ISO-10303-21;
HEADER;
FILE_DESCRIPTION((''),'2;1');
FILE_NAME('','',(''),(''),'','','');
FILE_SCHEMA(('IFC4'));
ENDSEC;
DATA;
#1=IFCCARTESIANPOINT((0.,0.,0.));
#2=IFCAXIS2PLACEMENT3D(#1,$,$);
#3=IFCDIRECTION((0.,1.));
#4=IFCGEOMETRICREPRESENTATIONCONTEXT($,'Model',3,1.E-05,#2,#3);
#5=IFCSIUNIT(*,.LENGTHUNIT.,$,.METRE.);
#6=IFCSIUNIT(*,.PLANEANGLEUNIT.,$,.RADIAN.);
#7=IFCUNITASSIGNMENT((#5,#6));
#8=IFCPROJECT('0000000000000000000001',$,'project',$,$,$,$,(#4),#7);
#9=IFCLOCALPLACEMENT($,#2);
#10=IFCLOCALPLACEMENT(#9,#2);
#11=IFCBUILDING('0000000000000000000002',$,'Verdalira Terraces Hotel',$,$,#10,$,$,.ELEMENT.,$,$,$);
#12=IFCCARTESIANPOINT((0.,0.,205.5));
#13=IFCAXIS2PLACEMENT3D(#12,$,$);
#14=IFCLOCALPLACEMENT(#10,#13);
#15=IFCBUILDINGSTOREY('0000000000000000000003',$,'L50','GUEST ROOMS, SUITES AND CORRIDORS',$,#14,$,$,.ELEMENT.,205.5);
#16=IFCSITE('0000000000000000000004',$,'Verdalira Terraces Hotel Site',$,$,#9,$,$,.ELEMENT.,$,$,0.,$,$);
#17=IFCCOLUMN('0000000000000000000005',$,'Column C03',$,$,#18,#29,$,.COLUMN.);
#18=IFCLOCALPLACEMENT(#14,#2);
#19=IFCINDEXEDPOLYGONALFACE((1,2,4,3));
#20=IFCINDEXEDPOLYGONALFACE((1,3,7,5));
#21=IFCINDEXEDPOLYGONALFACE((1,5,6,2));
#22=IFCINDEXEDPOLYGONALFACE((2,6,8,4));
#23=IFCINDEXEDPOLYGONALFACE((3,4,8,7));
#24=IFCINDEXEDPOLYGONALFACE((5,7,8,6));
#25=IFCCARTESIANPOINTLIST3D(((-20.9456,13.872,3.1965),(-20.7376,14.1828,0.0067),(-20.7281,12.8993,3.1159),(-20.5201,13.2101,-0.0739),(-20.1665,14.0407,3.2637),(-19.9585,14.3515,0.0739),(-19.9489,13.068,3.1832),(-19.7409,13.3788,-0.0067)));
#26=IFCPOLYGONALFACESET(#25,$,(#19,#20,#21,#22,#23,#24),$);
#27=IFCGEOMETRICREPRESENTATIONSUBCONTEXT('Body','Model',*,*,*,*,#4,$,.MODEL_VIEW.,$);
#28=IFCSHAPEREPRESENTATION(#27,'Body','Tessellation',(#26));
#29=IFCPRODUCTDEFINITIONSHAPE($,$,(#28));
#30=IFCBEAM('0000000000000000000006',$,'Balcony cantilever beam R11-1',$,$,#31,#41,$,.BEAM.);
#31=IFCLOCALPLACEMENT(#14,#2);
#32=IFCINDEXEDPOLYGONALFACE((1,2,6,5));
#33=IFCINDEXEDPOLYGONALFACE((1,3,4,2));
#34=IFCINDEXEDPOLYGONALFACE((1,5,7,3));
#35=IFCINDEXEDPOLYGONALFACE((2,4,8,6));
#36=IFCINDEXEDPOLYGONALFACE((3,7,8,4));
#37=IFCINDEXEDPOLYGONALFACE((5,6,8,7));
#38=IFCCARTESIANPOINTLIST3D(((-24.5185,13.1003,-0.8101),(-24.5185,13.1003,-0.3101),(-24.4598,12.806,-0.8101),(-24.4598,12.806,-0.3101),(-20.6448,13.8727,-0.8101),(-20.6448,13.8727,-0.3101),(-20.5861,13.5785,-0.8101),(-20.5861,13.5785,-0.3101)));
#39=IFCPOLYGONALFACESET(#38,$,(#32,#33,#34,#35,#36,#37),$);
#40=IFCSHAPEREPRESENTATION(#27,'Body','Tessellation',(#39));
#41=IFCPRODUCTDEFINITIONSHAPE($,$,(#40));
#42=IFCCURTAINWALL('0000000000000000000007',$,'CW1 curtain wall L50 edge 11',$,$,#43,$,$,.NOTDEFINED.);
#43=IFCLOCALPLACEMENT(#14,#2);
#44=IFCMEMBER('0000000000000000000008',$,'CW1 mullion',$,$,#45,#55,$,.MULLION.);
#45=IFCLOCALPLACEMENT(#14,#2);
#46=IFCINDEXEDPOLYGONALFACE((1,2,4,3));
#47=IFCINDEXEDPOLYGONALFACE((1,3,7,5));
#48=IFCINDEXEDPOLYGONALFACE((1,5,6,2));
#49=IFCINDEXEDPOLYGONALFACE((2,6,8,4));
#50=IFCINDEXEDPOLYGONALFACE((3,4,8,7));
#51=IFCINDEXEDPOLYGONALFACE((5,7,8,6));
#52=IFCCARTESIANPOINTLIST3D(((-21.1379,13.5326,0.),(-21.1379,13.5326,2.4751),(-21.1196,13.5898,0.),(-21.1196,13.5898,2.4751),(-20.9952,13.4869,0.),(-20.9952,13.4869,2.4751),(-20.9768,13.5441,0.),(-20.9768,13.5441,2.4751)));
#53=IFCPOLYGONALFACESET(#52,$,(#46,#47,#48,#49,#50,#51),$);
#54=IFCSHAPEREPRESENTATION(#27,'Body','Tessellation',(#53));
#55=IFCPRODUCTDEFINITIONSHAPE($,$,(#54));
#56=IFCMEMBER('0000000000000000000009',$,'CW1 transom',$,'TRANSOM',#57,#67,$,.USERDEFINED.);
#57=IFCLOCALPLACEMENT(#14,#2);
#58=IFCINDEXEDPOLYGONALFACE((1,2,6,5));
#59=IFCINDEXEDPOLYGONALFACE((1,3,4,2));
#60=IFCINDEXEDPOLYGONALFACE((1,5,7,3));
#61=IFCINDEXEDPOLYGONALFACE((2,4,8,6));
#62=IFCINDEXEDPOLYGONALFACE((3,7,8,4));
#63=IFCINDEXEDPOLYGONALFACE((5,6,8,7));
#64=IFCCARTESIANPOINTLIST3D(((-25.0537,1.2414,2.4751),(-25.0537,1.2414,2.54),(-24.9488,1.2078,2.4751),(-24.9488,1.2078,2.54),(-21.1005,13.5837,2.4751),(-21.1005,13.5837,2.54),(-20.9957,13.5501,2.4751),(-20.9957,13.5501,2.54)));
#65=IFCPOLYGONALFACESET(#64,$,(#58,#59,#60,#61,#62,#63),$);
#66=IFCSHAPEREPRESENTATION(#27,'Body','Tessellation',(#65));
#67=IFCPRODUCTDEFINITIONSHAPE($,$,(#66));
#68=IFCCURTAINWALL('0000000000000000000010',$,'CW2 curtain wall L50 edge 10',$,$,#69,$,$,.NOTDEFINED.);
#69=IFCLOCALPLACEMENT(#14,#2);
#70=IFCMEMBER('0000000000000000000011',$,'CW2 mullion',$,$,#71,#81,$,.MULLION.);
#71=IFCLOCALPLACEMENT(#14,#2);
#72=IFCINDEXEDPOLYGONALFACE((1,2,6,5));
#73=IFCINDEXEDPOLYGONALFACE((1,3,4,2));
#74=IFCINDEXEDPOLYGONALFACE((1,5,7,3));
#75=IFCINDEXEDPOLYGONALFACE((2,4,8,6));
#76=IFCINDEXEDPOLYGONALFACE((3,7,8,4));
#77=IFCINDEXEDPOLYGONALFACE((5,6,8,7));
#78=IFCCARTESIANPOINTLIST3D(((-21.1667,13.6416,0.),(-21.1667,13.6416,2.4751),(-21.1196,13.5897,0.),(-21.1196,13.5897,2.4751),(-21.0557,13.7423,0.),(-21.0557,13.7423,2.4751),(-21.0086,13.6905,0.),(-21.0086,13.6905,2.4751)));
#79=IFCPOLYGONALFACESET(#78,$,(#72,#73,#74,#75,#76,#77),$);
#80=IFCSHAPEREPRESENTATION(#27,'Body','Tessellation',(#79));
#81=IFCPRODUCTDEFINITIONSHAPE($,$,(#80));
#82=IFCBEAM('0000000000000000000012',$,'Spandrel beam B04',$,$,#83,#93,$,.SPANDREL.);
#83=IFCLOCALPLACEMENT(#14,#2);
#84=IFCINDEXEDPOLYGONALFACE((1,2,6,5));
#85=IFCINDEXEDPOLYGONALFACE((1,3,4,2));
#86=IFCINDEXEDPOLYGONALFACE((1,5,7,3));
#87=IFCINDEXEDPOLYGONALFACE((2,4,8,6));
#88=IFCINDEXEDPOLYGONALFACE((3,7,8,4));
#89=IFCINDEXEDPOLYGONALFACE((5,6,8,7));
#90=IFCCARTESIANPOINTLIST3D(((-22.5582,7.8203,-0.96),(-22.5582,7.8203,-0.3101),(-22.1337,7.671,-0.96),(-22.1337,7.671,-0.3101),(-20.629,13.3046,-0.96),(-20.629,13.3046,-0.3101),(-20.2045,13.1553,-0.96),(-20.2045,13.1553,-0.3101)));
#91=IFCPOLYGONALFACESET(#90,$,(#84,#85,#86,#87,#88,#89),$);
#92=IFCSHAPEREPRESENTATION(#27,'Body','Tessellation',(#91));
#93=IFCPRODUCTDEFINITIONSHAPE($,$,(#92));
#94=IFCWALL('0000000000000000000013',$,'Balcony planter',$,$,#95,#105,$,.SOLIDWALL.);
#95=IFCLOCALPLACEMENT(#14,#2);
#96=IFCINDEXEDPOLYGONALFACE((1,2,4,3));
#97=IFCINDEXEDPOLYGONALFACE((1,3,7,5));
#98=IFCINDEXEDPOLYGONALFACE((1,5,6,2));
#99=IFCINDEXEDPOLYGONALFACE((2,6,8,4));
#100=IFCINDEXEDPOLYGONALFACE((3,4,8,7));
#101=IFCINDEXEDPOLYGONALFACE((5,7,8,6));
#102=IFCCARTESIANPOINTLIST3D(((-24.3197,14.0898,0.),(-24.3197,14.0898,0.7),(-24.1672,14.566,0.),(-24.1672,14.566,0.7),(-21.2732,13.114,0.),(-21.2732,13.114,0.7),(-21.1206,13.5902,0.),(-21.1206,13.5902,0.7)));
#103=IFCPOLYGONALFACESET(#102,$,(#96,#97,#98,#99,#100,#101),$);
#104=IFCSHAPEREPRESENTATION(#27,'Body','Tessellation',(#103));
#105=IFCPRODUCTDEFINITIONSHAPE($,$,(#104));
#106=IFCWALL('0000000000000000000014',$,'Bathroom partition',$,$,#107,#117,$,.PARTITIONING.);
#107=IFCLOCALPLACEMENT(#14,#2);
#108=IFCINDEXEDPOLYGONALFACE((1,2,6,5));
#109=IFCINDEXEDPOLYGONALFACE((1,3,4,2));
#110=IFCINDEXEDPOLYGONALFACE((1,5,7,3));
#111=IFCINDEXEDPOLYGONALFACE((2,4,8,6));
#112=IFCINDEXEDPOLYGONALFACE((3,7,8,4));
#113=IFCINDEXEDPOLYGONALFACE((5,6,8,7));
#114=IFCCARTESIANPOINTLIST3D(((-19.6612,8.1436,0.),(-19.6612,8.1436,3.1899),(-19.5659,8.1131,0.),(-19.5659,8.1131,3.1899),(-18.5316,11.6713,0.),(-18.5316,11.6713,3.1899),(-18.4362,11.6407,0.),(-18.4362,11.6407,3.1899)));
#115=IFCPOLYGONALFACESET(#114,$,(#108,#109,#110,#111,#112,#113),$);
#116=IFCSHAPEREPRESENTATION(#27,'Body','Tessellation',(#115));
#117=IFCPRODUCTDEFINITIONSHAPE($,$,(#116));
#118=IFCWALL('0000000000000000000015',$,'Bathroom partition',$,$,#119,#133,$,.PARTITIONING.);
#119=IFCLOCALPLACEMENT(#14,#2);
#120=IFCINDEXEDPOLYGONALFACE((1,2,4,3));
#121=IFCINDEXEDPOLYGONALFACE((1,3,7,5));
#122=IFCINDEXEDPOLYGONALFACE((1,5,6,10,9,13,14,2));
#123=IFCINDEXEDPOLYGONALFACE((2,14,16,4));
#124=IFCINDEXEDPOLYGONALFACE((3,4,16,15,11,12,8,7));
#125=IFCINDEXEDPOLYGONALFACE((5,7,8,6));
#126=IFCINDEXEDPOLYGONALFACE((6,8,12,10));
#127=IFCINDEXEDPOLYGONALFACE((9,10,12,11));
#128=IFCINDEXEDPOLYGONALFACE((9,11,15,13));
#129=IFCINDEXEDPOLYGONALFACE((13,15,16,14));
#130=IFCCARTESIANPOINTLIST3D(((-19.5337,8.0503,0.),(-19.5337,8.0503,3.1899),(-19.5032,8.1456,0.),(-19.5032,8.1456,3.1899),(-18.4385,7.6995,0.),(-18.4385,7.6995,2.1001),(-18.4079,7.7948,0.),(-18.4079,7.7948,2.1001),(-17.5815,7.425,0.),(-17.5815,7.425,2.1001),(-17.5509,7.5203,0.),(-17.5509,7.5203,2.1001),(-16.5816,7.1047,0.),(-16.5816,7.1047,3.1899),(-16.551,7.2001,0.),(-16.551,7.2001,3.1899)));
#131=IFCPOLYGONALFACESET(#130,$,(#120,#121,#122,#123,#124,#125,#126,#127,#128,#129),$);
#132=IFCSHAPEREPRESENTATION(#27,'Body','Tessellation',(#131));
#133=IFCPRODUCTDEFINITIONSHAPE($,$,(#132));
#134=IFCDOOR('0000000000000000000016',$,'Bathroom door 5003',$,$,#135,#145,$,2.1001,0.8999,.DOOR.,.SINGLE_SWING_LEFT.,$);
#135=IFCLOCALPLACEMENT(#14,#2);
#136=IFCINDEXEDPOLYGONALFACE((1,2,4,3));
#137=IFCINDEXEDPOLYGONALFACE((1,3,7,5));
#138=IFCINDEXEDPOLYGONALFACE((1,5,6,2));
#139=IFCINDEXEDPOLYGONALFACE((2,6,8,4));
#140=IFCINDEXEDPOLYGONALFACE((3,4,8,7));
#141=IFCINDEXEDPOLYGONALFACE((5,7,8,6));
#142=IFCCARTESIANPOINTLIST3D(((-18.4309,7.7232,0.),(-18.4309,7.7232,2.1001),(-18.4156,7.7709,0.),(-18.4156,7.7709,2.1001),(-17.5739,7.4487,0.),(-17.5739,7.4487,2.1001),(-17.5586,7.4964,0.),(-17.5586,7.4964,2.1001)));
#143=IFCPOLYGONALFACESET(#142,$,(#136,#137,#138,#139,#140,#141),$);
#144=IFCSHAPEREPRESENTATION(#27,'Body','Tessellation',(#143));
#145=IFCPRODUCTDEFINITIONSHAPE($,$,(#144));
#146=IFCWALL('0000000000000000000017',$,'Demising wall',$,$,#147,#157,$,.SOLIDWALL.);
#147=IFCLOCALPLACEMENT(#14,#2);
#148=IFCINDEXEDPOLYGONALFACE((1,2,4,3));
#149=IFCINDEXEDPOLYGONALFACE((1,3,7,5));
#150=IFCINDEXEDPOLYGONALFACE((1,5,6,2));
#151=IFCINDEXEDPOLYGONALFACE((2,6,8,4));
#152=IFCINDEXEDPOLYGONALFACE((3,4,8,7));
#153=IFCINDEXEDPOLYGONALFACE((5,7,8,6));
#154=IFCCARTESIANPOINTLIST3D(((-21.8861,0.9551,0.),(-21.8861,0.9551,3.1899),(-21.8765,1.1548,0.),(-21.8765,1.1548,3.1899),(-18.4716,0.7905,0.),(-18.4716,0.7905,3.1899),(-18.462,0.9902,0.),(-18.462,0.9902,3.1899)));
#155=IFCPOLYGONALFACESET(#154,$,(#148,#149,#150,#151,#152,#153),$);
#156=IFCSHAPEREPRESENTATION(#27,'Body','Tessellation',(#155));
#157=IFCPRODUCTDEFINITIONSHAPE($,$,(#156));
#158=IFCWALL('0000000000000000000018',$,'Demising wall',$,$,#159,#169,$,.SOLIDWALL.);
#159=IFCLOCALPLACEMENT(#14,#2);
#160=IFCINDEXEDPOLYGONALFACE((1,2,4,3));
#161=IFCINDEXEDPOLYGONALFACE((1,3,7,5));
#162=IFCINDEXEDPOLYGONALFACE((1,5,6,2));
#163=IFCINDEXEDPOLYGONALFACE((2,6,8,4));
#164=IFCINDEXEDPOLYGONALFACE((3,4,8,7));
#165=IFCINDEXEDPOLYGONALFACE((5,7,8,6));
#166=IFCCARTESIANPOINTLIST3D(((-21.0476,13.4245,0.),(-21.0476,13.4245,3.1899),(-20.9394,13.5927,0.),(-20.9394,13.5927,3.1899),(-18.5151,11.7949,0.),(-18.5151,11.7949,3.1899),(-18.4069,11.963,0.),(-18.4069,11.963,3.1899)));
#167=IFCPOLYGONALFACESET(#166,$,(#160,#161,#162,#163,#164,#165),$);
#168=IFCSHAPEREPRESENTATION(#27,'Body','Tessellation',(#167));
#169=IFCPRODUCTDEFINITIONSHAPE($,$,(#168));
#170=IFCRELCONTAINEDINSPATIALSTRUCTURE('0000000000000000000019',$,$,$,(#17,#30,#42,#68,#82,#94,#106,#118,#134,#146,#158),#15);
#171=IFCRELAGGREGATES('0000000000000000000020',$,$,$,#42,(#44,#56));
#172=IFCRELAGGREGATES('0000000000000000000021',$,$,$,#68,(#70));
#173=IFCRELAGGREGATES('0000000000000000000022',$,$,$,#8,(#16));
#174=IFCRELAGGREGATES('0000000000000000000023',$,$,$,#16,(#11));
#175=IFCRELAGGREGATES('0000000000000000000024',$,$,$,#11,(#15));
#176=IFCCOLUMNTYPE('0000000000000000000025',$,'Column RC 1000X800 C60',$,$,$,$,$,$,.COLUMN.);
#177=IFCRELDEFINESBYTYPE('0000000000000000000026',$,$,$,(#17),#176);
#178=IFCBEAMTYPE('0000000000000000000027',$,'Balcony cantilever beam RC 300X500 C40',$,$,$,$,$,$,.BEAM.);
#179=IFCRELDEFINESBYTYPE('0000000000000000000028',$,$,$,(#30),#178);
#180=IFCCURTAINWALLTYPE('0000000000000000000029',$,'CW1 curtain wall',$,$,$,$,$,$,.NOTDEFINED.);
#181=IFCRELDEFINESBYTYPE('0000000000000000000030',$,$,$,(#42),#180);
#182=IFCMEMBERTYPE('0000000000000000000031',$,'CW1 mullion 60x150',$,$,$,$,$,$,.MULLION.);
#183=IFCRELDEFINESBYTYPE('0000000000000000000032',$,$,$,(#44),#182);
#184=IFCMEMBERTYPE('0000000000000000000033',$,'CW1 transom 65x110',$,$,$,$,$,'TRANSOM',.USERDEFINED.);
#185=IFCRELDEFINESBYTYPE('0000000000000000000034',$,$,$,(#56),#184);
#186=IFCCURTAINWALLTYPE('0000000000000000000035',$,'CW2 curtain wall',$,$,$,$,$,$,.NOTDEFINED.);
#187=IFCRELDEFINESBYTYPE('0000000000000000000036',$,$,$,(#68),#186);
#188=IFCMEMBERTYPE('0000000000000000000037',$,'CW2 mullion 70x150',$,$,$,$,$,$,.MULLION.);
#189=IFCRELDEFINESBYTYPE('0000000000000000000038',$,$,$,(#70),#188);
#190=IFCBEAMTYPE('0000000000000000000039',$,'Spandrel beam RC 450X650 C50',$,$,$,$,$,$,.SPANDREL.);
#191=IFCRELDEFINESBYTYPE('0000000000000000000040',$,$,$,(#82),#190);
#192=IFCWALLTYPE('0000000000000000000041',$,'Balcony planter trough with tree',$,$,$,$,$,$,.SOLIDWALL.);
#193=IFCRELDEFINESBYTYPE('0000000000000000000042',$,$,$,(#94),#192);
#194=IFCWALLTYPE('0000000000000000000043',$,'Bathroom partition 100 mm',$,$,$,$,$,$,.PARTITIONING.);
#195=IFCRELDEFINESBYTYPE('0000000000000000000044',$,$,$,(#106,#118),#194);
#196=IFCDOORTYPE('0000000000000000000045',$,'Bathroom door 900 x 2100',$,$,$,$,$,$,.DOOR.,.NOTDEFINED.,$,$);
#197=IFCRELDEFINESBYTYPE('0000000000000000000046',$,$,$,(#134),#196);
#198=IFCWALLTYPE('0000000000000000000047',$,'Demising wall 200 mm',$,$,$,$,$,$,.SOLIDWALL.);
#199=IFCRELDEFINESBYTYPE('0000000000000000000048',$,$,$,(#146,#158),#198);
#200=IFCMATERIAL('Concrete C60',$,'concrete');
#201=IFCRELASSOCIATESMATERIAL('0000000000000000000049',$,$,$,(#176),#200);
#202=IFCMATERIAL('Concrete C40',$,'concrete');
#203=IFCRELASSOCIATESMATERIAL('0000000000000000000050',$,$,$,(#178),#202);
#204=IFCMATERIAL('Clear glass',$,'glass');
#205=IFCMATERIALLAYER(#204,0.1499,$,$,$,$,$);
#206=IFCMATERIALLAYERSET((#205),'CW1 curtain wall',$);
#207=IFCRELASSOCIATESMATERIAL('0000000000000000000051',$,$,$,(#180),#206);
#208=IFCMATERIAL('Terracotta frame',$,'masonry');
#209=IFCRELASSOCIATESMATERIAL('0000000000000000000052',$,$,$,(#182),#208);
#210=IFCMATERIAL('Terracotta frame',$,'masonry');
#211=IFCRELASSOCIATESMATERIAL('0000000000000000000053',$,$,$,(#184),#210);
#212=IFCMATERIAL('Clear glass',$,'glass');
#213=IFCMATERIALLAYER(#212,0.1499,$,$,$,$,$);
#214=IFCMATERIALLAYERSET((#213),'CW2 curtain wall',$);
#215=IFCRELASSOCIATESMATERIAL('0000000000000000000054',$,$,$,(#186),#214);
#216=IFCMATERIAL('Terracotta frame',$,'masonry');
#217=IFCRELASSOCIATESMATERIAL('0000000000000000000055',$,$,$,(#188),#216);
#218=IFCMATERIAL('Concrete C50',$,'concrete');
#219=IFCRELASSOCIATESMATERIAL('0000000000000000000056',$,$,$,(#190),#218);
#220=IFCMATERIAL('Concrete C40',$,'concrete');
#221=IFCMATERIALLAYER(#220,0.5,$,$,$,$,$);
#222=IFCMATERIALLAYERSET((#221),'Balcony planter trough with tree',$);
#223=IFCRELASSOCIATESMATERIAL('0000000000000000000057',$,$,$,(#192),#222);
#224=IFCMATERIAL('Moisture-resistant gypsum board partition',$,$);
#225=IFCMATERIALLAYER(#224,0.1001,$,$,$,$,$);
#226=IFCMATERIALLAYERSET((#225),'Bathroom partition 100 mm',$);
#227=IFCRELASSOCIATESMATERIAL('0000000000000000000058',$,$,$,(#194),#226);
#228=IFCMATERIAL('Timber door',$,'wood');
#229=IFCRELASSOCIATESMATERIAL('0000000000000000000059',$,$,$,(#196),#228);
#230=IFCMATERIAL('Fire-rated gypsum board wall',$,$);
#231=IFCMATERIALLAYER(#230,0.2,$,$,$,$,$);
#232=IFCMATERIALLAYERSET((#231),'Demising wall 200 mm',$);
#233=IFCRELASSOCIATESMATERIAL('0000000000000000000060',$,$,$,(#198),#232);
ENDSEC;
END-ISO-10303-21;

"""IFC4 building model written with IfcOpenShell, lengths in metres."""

from ifc_helpers import new_model, si_unit, direction, frame, frame_2d, origin, origin_2d, place, context, subcontext, project, spatial, rectangle, extrude, material, layer, layer_set, material_profile, profile_set, type_object, element, fill, aggregate, save


model = new_model("IFC4")

# Units and contexts
model_context = context("Model", 3, precision=1e-05, world=origin(), true_north=direction((0.0, 1.0)))
body_context = subcontext(model_context, "Body", "Model", "MODEL_VIEW")
ifc_project = project(units=[si_unit("LENGTHUNIT", "METRE"), si_unit("PLANEANGLEUNIT", "RADIAN")], contexts=[model_context])

# Site, building, storey
site_placement = place(None, origin())
site = spatial("IfcSite", under=ifc_project, at=site_placement, Name="Verdalira Terraces Hotel Site", CompositionType="ELEMENT", RefElevation=0.0)
building_placement = place(site_placement, origin())
building = spatial("IfcBuilding", under=site, at=building_placement, Name="Verdalira Terraces Hotel", CompositionType="ELEMENT")
storey_placement = place(building_placement, frame((0.0, 0.0, 205.5)))
storey = spatial("IfcBuildingStorey", under=building, at=storey_placement, Name="L50", Description="GUEST ROOMS, SUITES AND CORRIDORS", CompositionType="ELEMENT", Elevation=205.5)

# Column
ifc_material_1 = material(Name="Concrete C60", Category="concrete")
ifc_material_profile_1 = material_profile(ifc_material_1, rectangle(XDim=1.0, YDim=0.8, at=origin_2d()), Name="RC 1000X800")
ifc_profile_set_1 = profile_set([ifc_material_profile_1], Name="Concrete C60")
column_type = type_object("IfcColumnType", Name="Column RC 1000X800 C60", PredefinedType="COLUMN", material=ifc_profile_set_1)
column_placement = place(storey_placement, frame((-20.2393, 13.7808, 0.0), z_axis=(-0.064764, -0.096766, 0.993198), x_axis=(-0.217556, 0.972716, 0.080584)))
element("IfcColumn", 1, at=column_placement, inside=storey, type_object=column_type, Name="Column C03", PredefinedType="COLUMN", context=body_context, shape_type="SweptSolid", body=[
    extrude(rectangle(XDim=1.0, YDim=0.8, at=origin_2d()), origin(), (0.0, 0.0, 1.0), 3.2117),
])

# Beam
ifc_material_2 = material(Name="Concrete C40", Category="concrete")
ifc_material_profile_2 = material_profile(ifc_material_2, rectangle(XDim=0.3, YDim=0.5, at=origin_2d()), Name="RC 300X500")
ifc_profile_set_2 = profile_set([ifc_material_profile_2], Name="Concrete C40")
beam_type_1 = type_object("IfcBeamType", Name="Balcony cantilever beam RC 300X500 C40", PredefinedType="BEAM", material=ifc_profile_set_2)
beam_1_placement = place(storey_placement, frame((-20.6155, 13.7256, -0.5601), z_axis=(-0.980692, -0.195557, 0.0), x_axis=(0.195557, -0.980692, 0.0)))
element("IfcBeam", 2, at=beam_1_placement, inside=storey, type_object=beam_type_1, Name="Balcony cantilever beam R11-1", PredefinedType="BEAM", context=body_context, shape_type="SweptSolid", body=[
    extrude(rectangle(XDim=0.3, YDim=0.5, at=origin_2d()), origin(), (0.0, 0.0, 1.0), 3.95),
])

# Curtain wall, members
ifc_material_3 = material(Name="Clear glass", Category="glass")
ifc_layer_1 = layer(ifc_material_3, 0.1499)
ifc_layer_set_1 = layer_set([ifc_layer_1], Name="CW1 curtain wall")
curtain_wall_type_1 = type_object("IfcCurtainWallType", Name="CW1 curtain wall", PredefinedType="NOTDEFINED", material=ifc_layer_set_1)
curtain_wall_1_placement = place(storey_placement, origin())
curtain_wall_1 = element("IfcCurtainWall", 3, at=curtain_wall_1_placement, inside=storey, type_object=curtain_wall_type_1, Name="CW1 curtain wall L50 edge 11", PredefinedType="NOTDEFINED")
ifc_material_4 = material(Name="Terracotta frame", Category="masonry")
ifc_material_profile_3 = material_profile(ifc_material_4, rectangle(XDim=0.0601, YDim=0.1499, at=origin_2d()), Name="MU 60x150")
ifc_profile_set_3 = profile_set([ifc_material_profile_3], Name="Terracotta frame")
member_type_1 = type_object("IfcMemberType", Name="CW1 mullion 60x150", PredefinedType="MULLION", material=ifc_profile_set_3)
member_1_placement = place(storey_placement, frame((-21.0574, 13.5383, 0.0), z_axis=(0.0, 0.0, 1.0), x_axis=(-0.305031, -0.952343, 0.0)))
member_1 = element("IfcMember", 4, at=member_1_placement, type_object=member_type_1, Name="CW1 mullion", PredefinedType="MULLION", context=body_context, shape_type="SweptSolid", body=[
    extrude(rectangle(XDim=0.0601, YDim=0.1499, at=origin_2d()), origin(), (0.0, 0.0, 1.0), 2.4751),
])
ifc_material_5 = material(Name="Terracotta frame", Category="masonry")
ifc_material_profile_4 = material_profile(ifc_material_5, rectangle(XDim=0.1101, YDim=0.0649, at=origin_2d()), Name="TR 65x110")
ifc_profile_set_4 = profile_set([ifc_material_profile_4], Name="Terracotta frame")
member_type_2 = type_object("IfcMemberType", Name="CW1 transom 65x110", ElementType="TRANSOM", PredefinedType="USERDEFINED", material=ifc_profile_set_4)
member_2_placement = place(storey_placement, frame((-21.0481, 13.5669, 2.5076), z_axis=(-0.305027, -0.952344, 0.0), x_axis=(0.952344, -0.305027, 0.0)))
member_2 = element("IfcMember", 5, at=member_2_placement, type_object=member_type_2, Name="CW1 transom", ObjectType="TRANSOM", PredefinedType="USERDEFINED", context=body_context, shape_type="SweptSolid", body=[
    extrude(rectangle(XDim=0.1101, YDim=0.0649, at=origin_2d()), origin(), (0.0, 0.0, 1.0), 12.96),
])
aggregate(curtain_wall_1, [member_1, member_2])

# Curtain wall, member
ifc_material_6 = material(Name="Clear glass", Category="glass")
ifc_layer_2 = layer(ifc_material_6, 0.1499)
ifc_layer_set_2 = layer_set([ifc_layer_2], Name="CW2 curtain wall")
curtain_wall_type_2 = type_object("IfcCurtainWallType", Name="CW2 curtain wall", PredefinedType="NOTDEFINED", material=ifc_layer_set_2)
curtain_wall_2_placement = place(storey_placement, origin())
curtain_wall_2 = element("IfcCurtainWall", 6, at=curtain_wall_2_placement, inside=storey, type_object=curtain_wall_type_2, Name="CW2 curtain wall L50 edge 10", PredefinedType="NOTDEFINED")
ifc_material_7 = material(Name="Terracotta frame", Category="masonry")
ifc_material_profile_5 = material_profile(ifc_material_7, rectangle(XDim=0.0701, YDim=0.1499, at=origin_2d()), Name="MU 70x150")
ifc_profile_set_5 = profile_set([ifc_material_profile_5], Name="Terracotta frame")
member_type_3 = type_object("IfcMemberType", Name="CW2 mullion 70x150", PredefinedType="MULLION", material=ifc_profile_set_5)
member_3_placement = place(storey_placement, frame((-21.0876, 13.666, 0.0), z_axis=(0.0, 0.0, 1.0), x_axis=(0.672238, -0.740335, 0.0)))
member_3 = element("IfcMember", 7, at=member_3_placement, type_object=member_type_3, Name="CW2 mullion", PredefinedType="MULLION", context=body_context, shape_type="SweptSolid", body=[
    extrude(rectangle(XDim=0.0701, YDim=0.1499, at=origin_2d()), origin(), (0.0, 0.0, 1.0), 2.4751),
])
aggregate(curtain_wall_2, [member_3])

# Beam
ifc_material_8 = material(Name="Concrete C50", Category="concrete")
ifc_material_profile_6 = material_profile(ifc_material_8, rectangle(XDim=0.45, YDim=0.6499, at=origin_2d()), Name="RC 450X650")
ifc_profile_set_6 = profile_set([ifc_material_profile_6], Name="Concrete C50")
beam_type_2 = type_object("IfcBeamType", Name="Spandrel beam RC 450X650 C50", PredefinedType="SPANDREL", material=ifc_profile_set_6)
beam_2_placement = place(storey_placement, frame((-20.4167, 13.23, -0.635), z_axis=(-0.331831, -0.943339, 0.0), x_axis=(0.943339, -0.331831, 0.0)))
element("IfcBeam", 8, at=beam_2_placement, inside=storey, type_object=beam_type_2, Name="Spandrel beam B04", PredefinedType="SPANDREL", context=body_context, shape_type="SweptSolid", body=[
    extrude(rectangle(XDim=0.45, YDim=0.6499, at=origin_2d()), origin(), (0.0, 0.0, 1.0), 5.8137),
])

# Walls
ifc_material_9 = material(Name="Concrete C40", Category="concrete")
ifc_layer_3 = layer(ifc_material_9, 0.5)
ifc_layer_set_3 = layer_set([ifc_layer_3], Name="Balcony planter trough with tree")
wall_type_1 = type_object("IfcWallType", Name="Balcony planter trough with tree", PredefinedType="SOLIDWALL", material=ifc_layer_set_3)
wall_1_placement = place(storey_placement, frame((-21.1968, 13.3521, 0.0), z_axis=(0.0, 0.0, 1.0), x_axis=(-0.952342, 0.305033, 0.0)))
element("IfcWall", 9, at=wall_1_placement, inside=storey, type_object=wall_type_1, Name="Balcony planter", PredefinedType="SOLIDWALL", context=body_context, shape_type="SweptSolid", body=[
    extrude(rectangle(XDim=3.199, YDim=0.5, at=frame_2d((1.5996, 0.0))), origin(), (0.0, 0.0, 1.0), 0.7),
])
ifc_material_10 = material(Name="Moisture-resistant gypsum board partition")
ifc_layer_4 = layer(ifc_material_10, 0.1001)
ifc_layer_set_4 = layer_set([ifc_layer_4], Name="Bathroom partition 100 mm")
wall_type_2 = type_object("IfcWallType", Name="Bathroom partition 100 mm", PredefinedType="PARTITIONING", material=ifc_layer_set_4)
wall_2_placement = place(storey_placement, frame((-18.4839, 11.656, 0.0), z_axis=(0.0, 0.0, 1.0), x_axis=(-0.304974, -0.952361, 0.0)))
element("IfcWall", 10, at=wall_2_placement, inside=storey, type_object=wall_type_2, Name="Bathroom partition", PredefinedType="PARTITIONING", context=body_context, shape_type="SweptSolid", body=[
    extrude(rectangle(XDim=3.7041, YDim=0.1001, at=frame_2d((1.8521, 0.0))), origin(), (0.0, 0.0, 1.0), 3.1899),
])

# Wall, opening, door
wall_3_placement = place(storey_placement, frame((-19.5183, 8.0979, 0.0), z_axis=(0.0, 0.0, 1.0), x_axis=(0.952343, -0.30503, 0.0)))
wall_3 = element("IfcWall", 11, at=wall_3_placement, inside=storey, type_object=wall_type_2, Name="Bathroom partition", PredefinedType="PARTITIONING", context=body_context, shape_type="SweptSolid", body=[
    extrude(rectangle(XDim=3.0999, YDim=0.1001, at=frame_2d((1.5498, 0.0))), origin(), (0.0, 0.0, 1.0), 3.1899),
])
opening_placement = place(wall_3_placement, frame((1.1499, 0.0, 0.0)))
opening = element("IfcOpeningElement", 12, at=opening_placement, cuts=wall_3, PredefinedType="OPENING", context=body_context, shape_type="SweptSolid", body=[
    extrude(rectangle(XDim=0.8999, YDim=2.1001, at=frame_2d((0.45, 1.05))), frame((0.0, 0.0601, 0.0), z_axis=(0.0, -1.0, 0.0), x_axis=(1.0, 0.0, 0.0)), (0.0, 0.0, 1.0), 0.1201),
])
ifc_material_11 = material(Name="Timber door", Category="wood")
door_type = type_object("IfcDoorType", Name="Bathroom door 900 x 2100", OperationType="NOTDEFINED", PredefinedType="DOOR", material=ifc_material_11)
door_placement = place(opening_placement, origin())
door = element("IfcDoor", 13, at=door_placement, inside=storey, type_object=door_type, Name="Bathroom door 5003", OperationType="SINGLE_SWING_LEFT", OverallHeight=2.1001, OverallWidth=0.8999, PredefinedType="DOOR", context=body_context, shape_type="SweptSolid", body=[
    extrude(rectangle(XDim=0.8999, YDim=2.1001, at=frame_2d((0.45, 1.05))), frame((0.0, 0.0249, 0.0), z_axis=(0.0, -1.0, 0.0), x_axis=(1.0, 0.0, 0.0)), (0.0, 0.0, 1.0), 0.05),
])
fill(opening, door)

# Walls
ifc_material_12 = material(Name="Fire-rated gypsum board wall")
ifc_layer_5 = layer(ifc_material_12, 0.2)
ifc_layer_set_5 = layer_set([ifc_layer_5], Name="Demising wall 200 mm")
wall_type_3 = type_object("IfcWallType", Name="Demising wall 200 mm", PredefinedType="SOLIDWALL", material=ifc_layer_set_5)
wall_4_placement = place(storey_placement, frame((-18.4668, 0.8904, 0.0), z_axis=(0.0, 0.0, 1.0), x_axis=(-0.998841, 0.048135, 0.0)))
element("IfcWall", 14, at=wall_4_placement, inside=storey, type_object=wall_type_3, Name="Demising wall", PredefinedType="SOLIDWALL", context=body_context, shape_type="SweptSolid", body=[
    extrude(rectangle(XDim=3.4185, YDim=0.2, at=frame_2d((1.7092, 0.0))), origin(), (0.0, 0.0, 1.0), 3.1899),
])
wall_5_placement = place(storey_placement, frame((-18.4609, 11.8789, 0.0), z_axis=(0.0, 0.0, 1.0), x_axis=(-0.840933, 0.541139, 0.0)))
element("IfcWall", 15, at=wall_5_placement, inside=storey, type_object=wall_type_3, Name="Demising wall", PredefinedType="SOLIDWALL", context=body_context, shape_type="SweptSolid", body=[
    extrude(rectangle(XDim=3.0115, YDim=0.2, at=frame_2d((1.5059, 0.0))), origin(), (0.0, 0.0, 1.0), 3.1899),
])

save(model, "model.ifc")
